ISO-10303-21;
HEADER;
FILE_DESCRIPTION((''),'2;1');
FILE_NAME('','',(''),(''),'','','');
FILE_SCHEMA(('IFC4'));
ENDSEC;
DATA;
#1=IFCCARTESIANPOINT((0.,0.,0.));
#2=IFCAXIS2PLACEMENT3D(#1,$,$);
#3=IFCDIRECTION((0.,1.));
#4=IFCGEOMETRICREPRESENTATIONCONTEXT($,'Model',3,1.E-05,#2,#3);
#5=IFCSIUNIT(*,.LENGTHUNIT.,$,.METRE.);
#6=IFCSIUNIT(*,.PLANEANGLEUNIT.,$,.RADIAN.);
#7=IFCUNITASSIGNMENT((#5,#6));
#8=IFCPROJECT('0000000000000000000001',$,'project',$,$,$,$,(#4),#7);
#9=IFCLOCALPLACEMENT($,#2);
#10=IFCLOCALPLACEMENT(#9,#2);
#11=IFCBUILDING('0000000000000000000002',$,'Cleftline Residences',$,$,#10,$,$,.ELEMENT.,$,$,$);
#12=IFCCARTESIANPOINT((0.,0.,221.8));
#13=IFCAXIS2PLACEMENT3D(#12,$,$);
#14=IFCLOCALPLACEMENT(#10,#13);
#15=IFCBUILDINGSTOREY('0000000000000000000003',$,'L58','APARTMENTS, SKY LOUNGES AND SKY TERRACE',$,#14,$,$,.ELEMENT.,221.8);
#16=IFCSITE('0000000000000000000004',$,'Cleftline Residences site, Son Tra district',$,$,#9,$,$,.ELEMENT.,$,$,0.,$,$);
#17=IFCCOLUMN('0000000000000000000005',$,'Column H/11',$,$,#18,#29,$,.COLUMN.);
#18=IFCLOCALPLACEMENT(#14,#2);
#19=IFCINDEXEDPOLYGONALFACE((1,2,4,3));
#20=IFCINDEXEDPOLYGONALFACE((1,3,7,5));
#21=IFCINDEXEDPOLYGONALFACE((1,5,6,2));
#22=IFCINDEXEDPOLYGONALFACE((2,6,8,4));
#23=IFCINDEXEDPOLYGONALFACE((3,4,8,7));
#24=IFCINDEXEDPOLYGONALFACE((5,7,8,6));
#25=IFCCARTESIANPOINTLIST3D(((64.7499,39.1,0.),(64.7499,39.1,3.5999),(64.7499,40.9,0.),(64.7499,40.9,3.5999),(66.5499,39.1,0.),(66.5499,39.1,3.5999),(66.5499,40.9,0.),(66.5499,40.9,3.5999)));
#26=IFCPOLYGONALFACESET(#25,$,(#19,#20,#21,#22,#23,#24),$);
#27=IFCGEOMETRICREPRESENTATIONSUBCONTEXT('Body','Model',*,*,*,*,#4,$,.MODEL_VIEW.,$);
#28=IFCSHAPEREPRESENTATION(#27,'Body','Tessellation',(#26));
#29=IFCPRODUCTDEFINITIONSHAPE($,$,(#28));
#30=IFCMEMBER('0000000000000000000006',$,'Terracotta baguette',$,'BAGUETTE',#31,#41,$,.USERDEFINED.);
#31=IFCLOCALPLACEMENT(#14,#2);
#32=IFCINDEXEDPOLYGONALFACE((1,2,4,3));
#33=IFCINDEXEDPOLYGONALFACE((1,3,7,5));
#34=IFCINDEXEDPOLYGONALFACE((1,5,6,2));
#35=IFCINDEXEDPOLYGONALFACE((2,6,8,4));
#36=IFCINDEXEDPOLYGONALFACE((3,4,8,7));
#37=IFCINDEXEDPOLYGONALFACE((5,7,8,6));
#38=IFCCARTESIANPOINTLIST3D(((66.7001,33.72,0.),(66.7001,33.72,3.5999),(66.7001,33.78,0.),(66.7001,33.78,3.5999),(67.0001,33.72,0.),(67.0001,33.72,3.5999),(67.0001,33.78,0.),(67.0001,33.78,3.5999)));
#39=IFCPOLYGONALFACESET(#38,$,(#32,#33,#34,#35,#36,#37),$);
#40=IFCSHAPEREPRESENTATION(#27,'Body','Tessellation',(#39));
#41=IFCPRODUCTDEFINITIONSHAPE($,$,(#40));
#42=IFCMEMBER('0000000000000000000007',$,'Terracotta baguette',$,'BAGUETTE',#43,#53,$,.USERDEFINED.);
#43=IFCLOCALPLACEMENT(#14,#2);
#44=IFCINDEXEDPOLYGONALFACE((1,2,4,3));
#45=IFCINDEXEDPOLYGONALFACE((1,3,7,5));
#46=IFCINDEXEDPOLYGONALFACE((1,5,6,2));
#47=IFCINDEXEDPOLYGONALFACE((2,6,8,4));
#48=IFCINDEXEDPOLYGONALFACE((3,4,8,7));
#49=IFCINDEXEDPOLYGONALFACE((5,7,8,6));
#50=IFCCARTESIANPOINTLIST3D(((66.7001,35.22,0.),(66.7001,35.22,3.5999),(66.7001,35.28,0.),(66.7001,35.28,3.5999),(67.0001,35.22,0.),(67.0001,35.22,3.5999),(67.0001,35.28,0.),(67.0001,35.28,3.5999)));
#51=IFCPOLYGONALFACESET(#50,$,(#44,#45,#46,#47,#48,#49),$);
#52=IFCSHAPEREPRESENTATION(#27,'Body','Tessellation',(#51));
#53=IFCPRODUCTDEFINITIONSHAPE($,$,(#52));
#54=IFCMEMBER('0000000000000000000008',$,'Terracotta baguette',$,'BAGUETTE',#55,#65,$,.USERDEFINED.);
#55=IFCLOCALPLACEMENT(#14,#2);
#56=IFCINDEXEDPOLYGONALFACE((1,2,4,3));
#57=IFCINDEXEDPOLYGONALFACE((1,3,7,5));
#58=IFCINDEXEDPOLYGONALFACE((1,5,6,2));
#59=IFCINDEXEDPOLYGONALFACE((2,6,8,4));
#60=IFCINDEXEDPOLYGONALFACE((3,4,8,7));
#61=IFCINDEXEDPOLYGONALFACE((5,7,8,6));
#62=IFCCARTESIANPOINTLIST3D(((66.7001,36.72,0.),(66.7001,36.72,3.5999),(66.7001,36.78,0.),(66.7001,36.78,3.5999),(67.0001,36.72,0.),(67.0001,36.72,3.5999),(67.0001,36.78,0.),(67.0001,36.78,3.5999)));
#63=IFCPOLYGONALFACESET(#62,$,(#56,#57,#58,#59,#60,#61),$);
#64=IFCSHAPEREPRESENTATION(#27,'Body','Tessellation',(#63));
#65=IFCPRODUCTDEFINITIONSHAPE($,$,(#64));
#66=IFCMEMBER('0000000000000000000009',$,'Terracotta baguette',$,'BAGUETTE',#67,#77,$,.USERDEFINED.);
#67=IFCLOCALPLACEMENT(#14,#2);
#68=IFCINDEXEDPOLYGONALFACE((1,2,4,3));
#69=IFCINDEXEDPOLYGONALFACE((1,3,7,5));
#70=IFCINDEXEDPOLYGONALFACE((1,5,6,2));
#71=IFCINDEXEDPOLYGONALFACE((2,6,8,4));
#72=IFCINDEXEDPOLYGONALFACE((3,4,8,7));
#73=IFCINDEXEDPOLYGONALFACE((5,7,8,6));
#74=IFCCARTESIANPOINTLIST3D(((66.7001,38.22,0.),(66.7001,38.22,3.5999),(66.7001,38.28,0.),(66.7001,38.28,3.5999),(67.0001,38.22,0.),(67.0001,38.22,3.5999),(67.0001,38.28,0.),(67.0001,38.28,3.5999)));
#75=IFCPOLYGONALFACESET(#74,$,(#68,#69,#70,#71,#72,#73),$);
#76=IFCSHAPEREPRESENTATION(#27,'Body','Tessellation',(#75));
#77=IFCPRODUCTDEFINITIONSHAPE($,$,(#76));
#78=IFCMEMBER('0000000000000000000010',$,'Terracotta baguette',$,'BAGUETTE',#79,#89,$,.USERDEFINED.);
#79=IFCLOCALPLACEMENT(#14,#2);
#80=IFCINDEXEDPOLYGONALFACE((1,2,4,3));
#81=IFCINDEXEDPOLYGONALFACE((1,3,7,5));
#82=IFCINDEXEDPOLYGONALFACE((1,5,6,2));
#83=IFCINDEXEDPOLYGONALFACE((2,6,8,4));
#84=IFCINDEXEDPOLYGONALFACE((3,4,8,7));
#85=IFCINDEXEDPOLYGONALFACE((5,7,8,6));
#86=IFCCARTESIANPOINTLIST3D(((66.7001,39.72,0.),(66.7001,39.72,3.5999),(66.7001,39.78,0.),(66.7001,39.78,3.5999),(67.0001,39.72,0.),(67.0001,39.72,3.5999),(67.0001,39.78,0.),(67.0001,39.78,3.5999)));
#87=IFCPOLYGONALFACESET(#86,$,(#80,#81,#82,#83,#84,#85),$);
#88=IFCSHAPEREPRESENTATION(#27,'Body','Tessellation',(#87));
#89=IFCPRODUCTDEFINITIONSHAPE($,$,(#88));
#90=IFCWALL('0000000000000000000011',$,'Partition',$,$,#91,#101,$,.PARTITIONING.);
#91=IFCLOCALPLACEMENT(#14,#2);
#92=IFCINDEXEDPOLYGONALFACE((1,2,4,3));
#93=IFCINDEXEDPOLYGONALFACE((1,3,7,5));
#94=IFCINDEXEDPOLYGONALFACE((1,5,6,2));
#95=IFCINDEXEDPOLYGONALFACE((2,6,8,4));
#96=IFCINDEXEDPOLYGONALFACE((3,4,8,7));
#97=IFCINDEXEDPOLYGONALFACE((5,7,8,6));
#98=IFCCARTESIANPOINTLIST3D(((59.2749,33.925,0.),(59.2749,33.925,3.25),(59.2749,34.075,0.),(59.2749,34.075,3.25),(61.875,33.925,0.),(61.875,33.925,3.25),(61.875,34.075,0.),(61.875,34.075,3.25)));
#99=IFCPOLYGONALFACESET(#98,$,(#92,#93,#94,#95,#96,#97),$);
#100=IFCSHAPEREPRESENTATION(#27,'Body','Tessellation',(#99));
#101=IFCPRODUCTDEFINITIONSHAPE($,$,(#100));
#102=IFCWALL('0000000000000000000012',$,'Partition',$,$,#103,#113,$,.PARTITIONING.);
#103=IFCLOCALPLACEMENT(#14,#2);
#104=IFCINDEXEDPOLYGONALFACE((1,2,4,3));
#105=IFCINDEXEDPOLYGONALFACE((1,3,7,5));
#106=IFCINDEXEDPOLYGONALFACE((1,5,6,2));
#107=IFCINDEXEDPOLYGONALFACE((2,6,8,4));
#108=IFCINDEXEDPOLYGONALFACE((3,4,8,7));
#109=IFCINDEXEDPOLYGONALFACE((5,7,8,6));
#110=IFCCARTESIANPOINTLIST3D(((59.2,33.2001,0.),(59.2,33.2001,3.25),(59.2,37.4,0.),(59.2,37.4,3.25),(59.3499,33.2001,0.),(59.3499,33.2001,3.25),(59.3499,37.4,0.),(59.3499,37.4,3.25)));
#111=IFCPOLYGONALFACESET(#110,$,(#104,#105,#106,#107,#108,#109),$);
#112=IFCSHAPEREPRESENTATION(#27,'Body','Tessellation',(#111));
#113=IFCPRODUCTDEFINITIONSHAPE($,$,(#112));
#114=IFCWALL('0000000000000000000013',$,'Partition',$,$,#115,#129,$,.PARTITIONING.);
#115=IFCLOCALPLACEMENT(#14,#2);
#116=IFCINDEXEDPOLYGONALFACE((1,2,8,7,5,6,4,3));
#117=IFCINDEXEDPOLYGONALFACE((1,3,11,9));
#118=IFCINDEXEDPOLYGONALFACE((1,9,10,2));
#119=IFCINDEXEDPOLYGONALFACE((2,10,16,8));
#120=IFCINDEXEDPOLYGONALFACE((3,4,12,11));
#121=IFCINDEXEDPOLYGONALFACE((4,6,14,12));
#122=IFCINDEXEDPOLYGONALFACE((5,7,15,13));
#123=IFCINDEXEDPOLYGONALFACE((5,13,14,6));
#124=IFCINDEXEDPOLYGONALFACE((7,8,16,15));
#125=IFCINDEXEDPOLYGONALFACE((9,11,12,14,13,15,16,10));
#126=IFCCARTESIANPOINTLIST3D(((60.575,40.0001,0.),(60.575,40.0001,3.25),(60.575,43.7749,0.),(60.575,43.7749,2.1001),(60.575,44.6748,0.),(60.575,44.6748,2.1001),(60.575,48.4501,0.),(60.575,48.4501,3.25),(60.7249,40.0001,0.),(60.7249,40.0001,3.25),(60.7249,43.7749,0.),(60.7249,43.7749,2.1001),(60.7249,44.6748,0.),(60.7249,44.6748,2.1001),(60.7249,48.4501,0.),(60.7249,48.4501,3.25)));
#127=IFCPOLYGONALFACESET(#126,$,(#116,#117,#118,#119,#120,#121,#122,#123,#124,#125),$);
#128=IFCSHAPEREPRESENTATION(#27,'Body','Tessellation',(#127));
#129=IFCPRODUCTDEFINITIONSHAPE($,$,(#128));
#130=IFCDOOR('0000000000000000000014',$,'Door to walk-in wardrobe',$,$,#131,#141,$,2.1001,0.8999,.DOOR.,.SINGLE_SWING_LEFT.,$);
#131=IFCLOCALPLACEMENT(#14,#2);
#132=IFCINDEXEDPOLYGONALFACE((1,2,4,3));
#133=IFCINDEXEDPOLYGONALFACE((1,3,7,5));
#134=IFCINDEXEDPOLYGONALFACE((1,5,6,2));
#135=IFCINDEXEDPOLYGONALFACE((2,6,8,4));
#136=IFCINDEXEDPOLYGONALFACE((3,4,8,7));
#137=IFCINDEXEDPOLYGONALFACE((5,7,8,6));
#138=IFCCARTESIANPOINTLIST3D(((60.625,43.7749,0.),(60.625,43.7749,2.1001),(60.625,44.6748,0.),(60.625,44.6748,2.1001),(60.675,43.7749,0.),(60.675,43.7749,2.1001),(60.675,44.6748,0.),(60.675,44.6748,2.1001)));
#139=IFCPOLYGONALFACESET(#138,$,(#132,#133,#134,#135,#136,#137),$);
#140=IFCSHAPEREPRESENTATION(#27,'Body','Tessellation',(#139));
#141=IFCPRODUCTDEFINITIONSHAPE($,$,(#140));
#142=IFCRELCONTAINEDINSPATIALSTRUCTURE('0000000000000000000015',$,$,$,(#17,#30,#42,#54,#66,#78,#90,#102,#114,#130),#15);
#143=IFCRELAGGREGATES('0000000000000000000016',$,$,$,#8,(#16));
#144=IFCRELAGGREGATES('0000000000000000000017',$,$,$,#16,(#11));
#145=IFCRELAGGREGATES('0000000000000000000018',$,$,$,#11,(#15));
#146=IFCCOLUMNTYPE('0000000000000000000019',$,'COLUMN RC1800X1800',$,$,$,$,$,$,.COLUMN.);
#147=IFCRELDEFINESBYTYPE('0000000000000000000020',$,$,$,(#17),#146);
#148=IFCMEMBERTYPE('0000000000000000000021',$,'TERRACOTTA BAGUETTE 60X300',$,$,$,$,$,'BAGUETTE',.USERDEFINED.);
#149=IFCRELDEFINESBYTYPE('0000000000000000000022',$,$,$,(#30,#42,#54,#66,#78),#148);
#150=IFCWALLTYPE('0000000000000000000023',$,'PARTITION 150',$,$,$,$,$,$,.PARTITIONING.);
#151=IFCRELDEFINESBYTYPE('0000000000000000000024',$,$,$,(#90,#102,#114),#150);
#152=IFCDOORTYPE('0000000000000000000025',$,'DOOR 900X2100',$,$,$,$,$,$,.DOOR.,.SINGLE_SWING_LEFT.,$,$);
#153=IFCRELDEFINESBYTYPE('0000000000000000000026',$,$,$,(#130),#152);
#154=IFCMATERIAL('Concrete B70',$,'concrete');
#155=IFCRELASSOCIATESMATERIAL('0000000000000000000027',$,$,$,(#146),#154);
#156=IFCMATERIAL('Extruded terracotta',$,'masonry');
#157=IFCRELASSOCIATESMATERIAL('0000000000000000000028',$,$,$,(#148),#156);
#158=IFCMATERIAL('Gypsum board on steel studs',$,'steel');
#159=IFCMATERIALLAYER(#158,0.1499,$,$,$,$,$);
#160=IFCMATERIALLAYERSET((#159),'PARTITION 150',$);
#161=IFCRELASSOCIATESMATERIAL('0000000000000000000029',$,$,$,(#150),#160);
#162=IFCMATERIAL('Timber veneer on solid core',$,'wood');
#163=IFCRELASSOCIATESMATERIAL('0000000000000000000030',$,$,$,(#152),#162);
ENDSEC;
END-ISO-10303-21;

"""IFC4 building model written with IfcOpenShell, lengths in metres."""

from ifc_helpers import new_model, si_unit, direction, frame, frame_2d, origin, origin_2d, place, context, subcontext, project, spatial, rectangle, extrude, material, layer, layer_set, material_profile, profile_set, type_object, element, fill, save


model = new_model("IFC4")

# Units and contexts
model_context = context("Model", 3, precision=1e-05, world=origin(), true_north=direction((0.0, 1.0)))
body_context = subcontext(model_context, "Body", "Model", "MODEL_VIEW")
ifc_project = project(units=[si_unit("LENGTHUNIT", "METRE"), si_unit("PLANEANGLEUNIT", "RADIAN")], contexts=[model_context])

# Site, building, storey
site_placement = place(None, origin())
site = spatial("IfcSite", under=ifc_project, at=site_placement, Name="Cleftline Residences site, Son Tra district", CompositionType="ELEMENT", RefElevation=0.0)
building_placement = place(site_placement, origin())
building = spatial("IfcBuilding", under=site, at=building_placement, Name="Cleftline Residences", CompositionType="ELEMENT")
storey_placement = place(building_placement, frame((0.0, 0.0, 221.8)))
storey = spatial("IfcBuildingStorey", under=building, at=storey_placement, Name="L58", Description="APARTMENTS, SKY LOUNGES AND SKY TERRACE", CompositionType="ELEMENT", Elevation=221.8)

# Column
ifc_material_1 = material(Name="Concrete B70", Category="concrete")
ifc_material_profile_1 = material_profile(ifc_material_1, rectangle(XDim=1.8, YDim=1.8, at=origin_2d()))
ifc_profile_set_1 = profile_set([ifc_material_profile_1], Name="Concrete B70")
column_type = type_object("IfcColumnType", Name="COLUMN RC1800X1800", PredefinedType="COLUMN", material=ifc_profile_set_1)
column_placement = place(storey_placement, frame((65.6499, 40.0, 0.0), z_axis=(0.0, 0.0, 1.0), x_axis=(1.0, 0.0, 0.0)))
element("IfcColumn", 1, at=column_placement, inside=storey, type_object=column_type, Name="Column H/11", PredefinedType="COLUMN", context=body_context, shape_type="SweptSolid", body=[
    extrude(rectangle(XDim=1.8, YDim=1.8, at=origin_2d()), origin(), (0.0, 0.0, 1.0), 3.5999),
])

# Members
ifc_material_2 = material(Name="Extruded terracotta", Category="masonry")
ifc_material_profile_2 = material_profile(ifc_material_2, rectangle(XDim=0.0601, YDim=0.3, at=origin_2d()))
ifc_profile_set_2 = profile_set([ifc_material_profile_2], Name="Extruded terracotta")
member_type = type_object("IfcMemberType", Name="TERRACOTTA BAGUETTE 60X300", ElementType="BAGUETTE", PredefinedType="USERDEFINED", material=ifc_profile_set_2)
for number, where, z_axis, x_axis, name in (
    (2, (66.8501, 33.75, 0.0), (0.0, 0.0, 1.0), (0.0, 1.0, 0.0), "Terracotta baguette"),
    (3, (66.8501, 35.25, 0.0), (0.0, 0.0, 1.0), (0.0, 1.0, 0.0), "Terracotta baguette"),
    (4, (66.8501, 36.75, 0.0), (0.0, 0.0, 1.0), (0.0, 1.0, 0.0), "Terracotta baguette"),
    (5, (66.8501, 38.25, 0.0), (0.0, 0.0, 1.0), (0.0, 1.0, 0.0), "Terracotta baguette"),
    (6, (66.8501, 39.75, 0.0), (0.0, 0.0, 1.0), (0.0, 1.0, 0.0), "Terracotta baguette"),
):
    element("IfcMember", number, at=place(storey_placement, frame(where, z_axis=z_axis, x_axis=x_axis)), inside=storey, type_object=member_type, Name=name, ObjectType="BAGUETTE", PredefinedType="USERDEFINED", context=body_context, shape_type="SweptSolid", body=[
        extrude(rectangle(XDim=0.0601, YDim=0.3, at=origin_2d()), origin(), (0.0, 0.0, 1.0), 3.5999),
    ])

# Walls
ifc_material_3 = material(Name="Gypsum board on steel studs", Category="steel")
ifc_layer = layer(ifc_material_3, 0.1499)
ifc_layer_set = layer_set([ifc_layer], Name="PARTITION 150")
wall_type = type_object("IfcWallType", Name="PARTITION 150", PredefinedType="PARTITIONING", material=ifc_layer_set)
wall_1_placement = place(storey_placement, frame((59.2749, 34.0, 0.0), z_axis=(0.0, 0.0, 1.0), x_axis=(1.0, 0.0, 0.0)))
element("IfcWall", 7, at=wall_1_placement, inside=storey, type_object=wall_type, Name="Partition", PredefinedType="PARTITIONING", context=body_context, shape_type="SweptSolid", body=[
    extrude(rectangle(XDim=2.6001, YDim=0.1499, at=frame_2d((1.3, 0.0))), origin(), (0.0, 0.0, 1.0), 3.25),
])
wall_2_placement = place(storey_placement, frame((59.2749, 33.2, 0.0), z_axis=(0.0, 0.0, 1.0), x_axis=(0.0, 1.0, 0.0)))
element("IfcWall", 8, at=wall_2_placement, inside=storey, type_object=wall_type, Name="Partition", PredefinedType="PARTITIONING", context=body_context, shape_type="SweptSolid", body=[
    extrude(rectangle(XDim=4.2, YDim=0.1499, at=frame_2d((2.1001, 0.0))), origin(), (0.0, 0.0, 1.0), 3.25),
])

# Wall, opening, door
wall_3_placement = place(storey_placement, frame((60.6499, 40.0, 0.0), z_axis=(0.0, 0.0, 1.0), x_axis=(0.0, 1.0, 0.0)))
wall_3 = element("IfcWall", 9, at=wall_3_placement, inside=storey, type_object=wall_type, Name="Partition", PredefinedType="PARTITIONING", context=body_context, shape_type="SweptSolid", body=[
    extrude(rectangle(XDim=8.45, YDim=0.1499, at=frame_2d((4.2251, 0.0))), origin(), (0.0, 0.0, 1.0), 3.25),
])
opening_placement = place(wall_3_placement, frame((3.7749, 0.0, 0.0)))
opening = element("IfcOpeningElement", 10, at=opening_placement, cuts=wall_3, PredefinedType="OPENING", context=body_context, shape_type="SweptSolid", body=[
    extrude(rectangle(XDim=0.8999, YDim=2.1001, at=frame_2d((0.45, 1.05))), frame((0.0, 0.085, 0.0), z_axis=(0.0, -1.0, 0.0), x_axis=(1.0, 0.0, 0.0)), (0.0, 0.0, 1.0), 0.1699),
])
ifc_material_4 = material(Name="Timber veneer on solid core", Category="wood")
door_type = type_object("IfcDoorType", Name="DOOR 900X2100", OperationType="SINGLE_SWING_LEFT", PredefinedType="DOOR", material=ifc_material_4)
door_placement = place(opening_placement, origin())
door = element("IfcDoor", 11, at=door_placement, inside=storey, type_object=door_type, Name="Door to walk-in wardrobe", OperationType="SINGLE_SWING_LEFT", OverallHeight=2.1001, OverallWidth=0.8999, PredefinedType="DOOR", context=body_context, shape_type="SweptSolid", body=[
    extrude(rectangle(XDim=0.8999, YDim=2.1001, at=frame_2d((0.45, 1.05))), frame((0.0, 0.0249, 0.0), z_axis=(0.0, -1.0, 0.0), x_axis=(1.0, 0.0, 0.0)), (0.0, 0.0, 1.0), 0.05),
])
fill(opening, door)

save(model, "model.ifc")
